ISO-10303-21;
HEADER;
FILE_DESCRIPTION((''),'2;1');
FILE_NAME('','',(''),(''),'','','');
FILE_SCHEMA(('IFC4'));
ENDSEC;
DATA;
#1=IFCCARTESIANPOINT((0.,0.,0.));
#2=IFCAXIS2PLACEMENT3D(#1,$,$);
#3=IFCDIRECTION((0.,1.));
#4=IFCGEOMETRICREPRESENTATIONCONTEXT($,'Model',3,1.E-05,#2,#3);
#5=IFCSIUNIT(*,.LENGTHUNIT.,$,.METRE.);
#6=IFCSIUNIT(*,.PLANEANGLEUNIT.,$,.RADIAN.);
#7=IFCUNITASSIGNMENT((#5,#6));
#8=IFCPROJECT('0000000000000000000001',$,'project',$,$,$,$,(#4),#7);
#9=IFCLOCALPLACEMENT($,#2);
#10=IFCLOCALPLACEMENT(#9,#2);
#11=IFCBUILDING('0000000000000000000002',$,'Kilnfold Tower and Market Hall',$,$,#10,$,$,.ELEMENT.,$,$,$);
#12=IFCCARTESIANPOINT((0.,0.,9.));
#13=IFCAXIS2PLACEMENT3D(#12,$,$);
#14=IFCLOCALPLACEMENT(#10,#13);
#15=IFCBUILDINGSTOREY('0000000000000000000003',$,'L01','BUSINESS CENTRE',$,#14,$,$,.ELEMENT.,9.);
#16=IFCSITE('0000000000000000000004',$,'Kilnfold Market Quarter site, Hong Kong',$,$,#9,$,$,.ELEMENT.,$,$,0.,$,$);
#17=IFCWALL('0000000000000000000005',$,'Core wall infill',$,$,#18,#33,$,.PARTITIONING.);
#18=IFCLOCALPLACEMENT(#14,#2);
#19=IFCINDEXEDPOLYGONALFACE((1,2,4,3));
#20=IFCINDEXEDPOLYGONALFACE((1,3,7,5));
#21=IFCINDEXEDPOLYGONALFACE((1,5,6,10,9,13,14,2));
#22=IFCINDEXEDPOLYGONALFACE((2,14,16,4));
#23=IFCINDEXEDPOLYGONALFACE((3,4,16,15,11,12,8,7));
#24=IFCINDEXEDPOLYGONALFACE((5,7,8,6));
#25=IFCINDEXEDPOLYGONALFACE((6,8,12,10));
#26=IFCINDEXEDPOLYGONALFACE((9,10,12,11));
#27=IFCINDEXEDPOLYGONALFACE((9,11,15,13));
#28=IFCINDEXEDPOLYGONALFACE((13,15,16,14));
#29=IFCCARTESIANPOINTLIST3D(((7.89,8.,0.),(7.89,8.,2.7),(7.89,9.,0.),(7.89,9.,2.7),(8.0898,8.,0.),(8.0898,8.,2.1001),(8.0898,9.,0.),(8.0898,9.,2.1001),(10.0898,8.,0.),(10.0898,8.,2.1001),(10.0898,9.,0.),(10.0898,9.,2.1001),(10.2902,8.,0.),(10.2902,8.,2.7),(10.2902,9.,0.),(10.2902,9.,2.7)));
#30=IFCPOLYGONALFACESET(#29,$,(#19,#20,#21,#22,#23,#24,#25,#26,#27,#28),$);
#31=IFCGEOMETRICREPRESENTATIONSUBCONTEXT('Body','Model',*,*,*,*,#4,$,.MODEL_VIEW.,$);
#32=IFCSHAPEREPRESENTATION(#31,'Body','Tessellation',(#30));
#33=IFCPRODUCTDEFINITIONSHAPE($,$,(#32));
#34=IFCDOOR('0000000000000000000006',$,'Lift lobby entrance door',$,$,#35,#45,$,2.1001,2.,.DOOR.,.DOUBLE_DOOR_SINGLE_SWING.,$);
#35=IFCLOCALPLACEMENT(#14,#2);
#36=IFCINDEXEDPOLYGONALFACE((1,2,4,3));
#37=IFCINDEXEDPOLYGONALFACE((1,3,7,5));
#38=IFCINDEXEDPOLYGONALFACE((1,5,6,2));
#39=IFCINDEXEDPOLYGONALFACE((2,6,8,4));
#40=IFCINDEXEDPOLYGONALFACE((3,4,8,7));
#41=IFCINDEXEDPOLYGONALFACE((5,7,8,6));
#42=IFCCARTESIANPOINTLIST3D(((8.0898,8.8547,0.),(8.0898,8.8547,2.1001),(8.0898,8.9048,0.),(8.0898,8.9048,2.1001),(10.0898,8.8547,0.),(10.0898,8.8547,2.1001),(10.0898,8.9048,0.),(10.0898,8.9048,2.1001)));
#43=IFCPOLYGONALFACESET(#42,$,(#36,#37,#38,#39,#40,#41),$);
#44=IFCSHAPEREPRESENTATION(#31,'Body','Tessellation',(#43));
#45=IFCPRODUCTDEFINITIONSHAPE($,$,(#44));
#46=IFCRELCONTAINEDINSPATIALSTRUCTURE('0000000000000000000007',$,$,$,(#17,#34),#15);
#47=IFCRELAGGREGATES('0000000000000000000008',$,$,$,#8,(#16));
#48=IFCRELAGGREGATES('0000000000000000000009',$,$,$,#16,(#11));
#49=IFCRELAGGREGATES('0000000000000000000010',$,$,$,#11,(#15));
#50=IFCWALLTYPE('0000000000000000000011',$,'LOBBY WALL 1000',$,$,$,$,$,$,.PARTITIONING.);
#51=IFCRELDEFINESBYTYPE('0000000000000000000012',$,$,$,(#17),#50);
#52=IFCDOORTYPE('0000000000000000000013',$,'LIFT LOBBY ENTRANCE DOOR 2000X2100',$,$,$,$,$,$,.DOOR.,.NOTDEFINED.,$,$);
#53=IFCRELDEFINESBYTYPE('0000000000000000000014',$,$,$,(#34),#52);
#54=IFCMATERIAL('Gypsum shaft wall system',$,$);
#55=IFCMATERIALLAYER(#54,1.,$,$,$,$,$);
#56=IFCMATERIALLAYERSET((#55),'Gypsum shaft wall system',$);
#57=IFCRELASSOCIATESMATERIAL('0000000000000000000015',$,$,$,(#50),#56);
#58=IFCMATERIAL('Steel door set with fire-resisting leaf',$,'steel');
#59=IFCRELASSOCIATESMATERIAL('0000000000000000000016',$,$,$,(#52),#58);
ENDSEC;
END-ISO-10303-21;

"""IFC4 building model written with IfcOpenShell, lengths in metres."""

from ifc_helpers import new_model, si_unit, direction, frame, frame_2d, origin, place, context, subcontext, project, spatial, rectangle, extrude, source, transform, mapped, material, layer, layer_set, type_object, element, fill, save


model = new_model("IFC4")

# Units and contexts
model_context = context("Model", 3, precision=1e-05, world=origin(), true_north=direction((0.0, 1.0)))
body_context = subcontext(model_context, "Body", "Model", "MODEL_VIEW")
ifc_project = project(units=[si_unit("LENGTHUNIT", "METRE"), si_unit("PLANEANGLEUNIT", "RADIAN")], contexts=[model_context])

# Site, building, storey
site_placement = place(None, origin())
site = spatial("IfcSite", under=ifc_project, at=site_placement, Name="Kilnfold Market Quarter site, Hong Kong", CompositionType="ELEMENT", RefElevation=0.0)
building_placement = place(site_placement, origin())
building = spatial("IfcBuilding", under=site, at=building_placement, Name="Kilnfold Tower and Market Hall", CompositionType="ELEMENT")
storey_placement = place(building_placement, frame((0.0, 0.0, 9.0)))
storey = spatial("IfcBuildingStorey", under=building, at=storey_placement, Name="L01", Description="BUSINESS CENTRE", CompositionType="ELEMENT", Elevation=9.0)

# Wall, opening, door
ifc_material_1 = material(Name="Gypsum shaft wall system")
ifc_layer_1 = layer(ifc_material_1, 1.0)
ifc_layer_set_1 = layer_set([ifc_layer_1], Name="Gypsum shaft wall system")
wall_type_1 = type_object("IfcWallType", Name="LOBBY WALL 1000", PredefinedType="PARTITIONING", material=ifc_layer_set_1)
shared_shape_1 = source(origin(), body_context, "Body", "SweptSolid", [
    extrude(rectangle(XDim=2.4001, YDim=1.0, at=frame_2d((1.2002, 0.0))), origin(), (0.0, 0.0, 1.0), 2.7),
])
wall_1_placement = place(storey_placement, frame((7.8899, 8.5, 0.0), z_axis=(0.0, 0.0, 1.0), x_axis=(1.0, 0.0, 0.0)))
wall_1 = element("IfcWall", 1, at=wall_1_placement, inside=storey, type_object=wall_type_1, Name="Core wall infill", PredefinedType="PARTITIONING", context=body_context, shape_type="MappedRepresentation", body=[
    mapped(shared_shape_1, transform((0.0, 0.0, 0.0))),
])
opening_1_placement = place(wall_1_placement, frame((0.2, 0.0, 0.0)))
opening_1 = element("IfcOpeningElement", 2, at=opening_1_placement, cuts=wall_1, PredefinedType="OPENING", context=body_context, shape_type="SweptSolid", body=[
    extrude(rectangle(XDim=2.0, YDim=2.1001, at=frame_2d((1.0, 1.05))), frame((0.0, 0.51, 0.0), z_axis=(0.0, -1.0, 0.0), x_axis=(1.0, 0.0, 0.0)), (0.0, 0.0, 1.0), 1.02),
])
ifc_material_2 = material(Name="Steel door set with fire-resisting leaf", Category="steel")
door_type_1 = type_object("IfcDoorType", Name="LIFT LOBBY ENTRANCE DOOR 2000X2100", OperationType="NOTDEFINED", PredefinedType="DOOR", material=ifc_material_2)
door_1_placement = place(opening_1_placement, origin())
door_1 = element("IfcDoor", 3, at=door_1_placement, inside=storey, type_object=door_type_1, Name="Lift lobby entrance door", OperationType="DOUBLE_DOOR_SINGLE_SWING", OverallHeight=2.1001, OverallWidth=2.0, PredefinedType="DOOR", context=body_context, shape_type="SweptSolid", body=[
    extrude(rectangle(XDim=2.0, YDim=2.1001, at=frame_2d((1.0, 1.05))), frame((0.0, 0.4048, 0.0), z_axis=(0.0, -1.0, 0.0), x_axis=(1.0, 0.0, 0.0)), (0.0, 0.0, 1.0), 0.05),
])
fill(opening_1, door_1)

save(model, "model.ifc")
